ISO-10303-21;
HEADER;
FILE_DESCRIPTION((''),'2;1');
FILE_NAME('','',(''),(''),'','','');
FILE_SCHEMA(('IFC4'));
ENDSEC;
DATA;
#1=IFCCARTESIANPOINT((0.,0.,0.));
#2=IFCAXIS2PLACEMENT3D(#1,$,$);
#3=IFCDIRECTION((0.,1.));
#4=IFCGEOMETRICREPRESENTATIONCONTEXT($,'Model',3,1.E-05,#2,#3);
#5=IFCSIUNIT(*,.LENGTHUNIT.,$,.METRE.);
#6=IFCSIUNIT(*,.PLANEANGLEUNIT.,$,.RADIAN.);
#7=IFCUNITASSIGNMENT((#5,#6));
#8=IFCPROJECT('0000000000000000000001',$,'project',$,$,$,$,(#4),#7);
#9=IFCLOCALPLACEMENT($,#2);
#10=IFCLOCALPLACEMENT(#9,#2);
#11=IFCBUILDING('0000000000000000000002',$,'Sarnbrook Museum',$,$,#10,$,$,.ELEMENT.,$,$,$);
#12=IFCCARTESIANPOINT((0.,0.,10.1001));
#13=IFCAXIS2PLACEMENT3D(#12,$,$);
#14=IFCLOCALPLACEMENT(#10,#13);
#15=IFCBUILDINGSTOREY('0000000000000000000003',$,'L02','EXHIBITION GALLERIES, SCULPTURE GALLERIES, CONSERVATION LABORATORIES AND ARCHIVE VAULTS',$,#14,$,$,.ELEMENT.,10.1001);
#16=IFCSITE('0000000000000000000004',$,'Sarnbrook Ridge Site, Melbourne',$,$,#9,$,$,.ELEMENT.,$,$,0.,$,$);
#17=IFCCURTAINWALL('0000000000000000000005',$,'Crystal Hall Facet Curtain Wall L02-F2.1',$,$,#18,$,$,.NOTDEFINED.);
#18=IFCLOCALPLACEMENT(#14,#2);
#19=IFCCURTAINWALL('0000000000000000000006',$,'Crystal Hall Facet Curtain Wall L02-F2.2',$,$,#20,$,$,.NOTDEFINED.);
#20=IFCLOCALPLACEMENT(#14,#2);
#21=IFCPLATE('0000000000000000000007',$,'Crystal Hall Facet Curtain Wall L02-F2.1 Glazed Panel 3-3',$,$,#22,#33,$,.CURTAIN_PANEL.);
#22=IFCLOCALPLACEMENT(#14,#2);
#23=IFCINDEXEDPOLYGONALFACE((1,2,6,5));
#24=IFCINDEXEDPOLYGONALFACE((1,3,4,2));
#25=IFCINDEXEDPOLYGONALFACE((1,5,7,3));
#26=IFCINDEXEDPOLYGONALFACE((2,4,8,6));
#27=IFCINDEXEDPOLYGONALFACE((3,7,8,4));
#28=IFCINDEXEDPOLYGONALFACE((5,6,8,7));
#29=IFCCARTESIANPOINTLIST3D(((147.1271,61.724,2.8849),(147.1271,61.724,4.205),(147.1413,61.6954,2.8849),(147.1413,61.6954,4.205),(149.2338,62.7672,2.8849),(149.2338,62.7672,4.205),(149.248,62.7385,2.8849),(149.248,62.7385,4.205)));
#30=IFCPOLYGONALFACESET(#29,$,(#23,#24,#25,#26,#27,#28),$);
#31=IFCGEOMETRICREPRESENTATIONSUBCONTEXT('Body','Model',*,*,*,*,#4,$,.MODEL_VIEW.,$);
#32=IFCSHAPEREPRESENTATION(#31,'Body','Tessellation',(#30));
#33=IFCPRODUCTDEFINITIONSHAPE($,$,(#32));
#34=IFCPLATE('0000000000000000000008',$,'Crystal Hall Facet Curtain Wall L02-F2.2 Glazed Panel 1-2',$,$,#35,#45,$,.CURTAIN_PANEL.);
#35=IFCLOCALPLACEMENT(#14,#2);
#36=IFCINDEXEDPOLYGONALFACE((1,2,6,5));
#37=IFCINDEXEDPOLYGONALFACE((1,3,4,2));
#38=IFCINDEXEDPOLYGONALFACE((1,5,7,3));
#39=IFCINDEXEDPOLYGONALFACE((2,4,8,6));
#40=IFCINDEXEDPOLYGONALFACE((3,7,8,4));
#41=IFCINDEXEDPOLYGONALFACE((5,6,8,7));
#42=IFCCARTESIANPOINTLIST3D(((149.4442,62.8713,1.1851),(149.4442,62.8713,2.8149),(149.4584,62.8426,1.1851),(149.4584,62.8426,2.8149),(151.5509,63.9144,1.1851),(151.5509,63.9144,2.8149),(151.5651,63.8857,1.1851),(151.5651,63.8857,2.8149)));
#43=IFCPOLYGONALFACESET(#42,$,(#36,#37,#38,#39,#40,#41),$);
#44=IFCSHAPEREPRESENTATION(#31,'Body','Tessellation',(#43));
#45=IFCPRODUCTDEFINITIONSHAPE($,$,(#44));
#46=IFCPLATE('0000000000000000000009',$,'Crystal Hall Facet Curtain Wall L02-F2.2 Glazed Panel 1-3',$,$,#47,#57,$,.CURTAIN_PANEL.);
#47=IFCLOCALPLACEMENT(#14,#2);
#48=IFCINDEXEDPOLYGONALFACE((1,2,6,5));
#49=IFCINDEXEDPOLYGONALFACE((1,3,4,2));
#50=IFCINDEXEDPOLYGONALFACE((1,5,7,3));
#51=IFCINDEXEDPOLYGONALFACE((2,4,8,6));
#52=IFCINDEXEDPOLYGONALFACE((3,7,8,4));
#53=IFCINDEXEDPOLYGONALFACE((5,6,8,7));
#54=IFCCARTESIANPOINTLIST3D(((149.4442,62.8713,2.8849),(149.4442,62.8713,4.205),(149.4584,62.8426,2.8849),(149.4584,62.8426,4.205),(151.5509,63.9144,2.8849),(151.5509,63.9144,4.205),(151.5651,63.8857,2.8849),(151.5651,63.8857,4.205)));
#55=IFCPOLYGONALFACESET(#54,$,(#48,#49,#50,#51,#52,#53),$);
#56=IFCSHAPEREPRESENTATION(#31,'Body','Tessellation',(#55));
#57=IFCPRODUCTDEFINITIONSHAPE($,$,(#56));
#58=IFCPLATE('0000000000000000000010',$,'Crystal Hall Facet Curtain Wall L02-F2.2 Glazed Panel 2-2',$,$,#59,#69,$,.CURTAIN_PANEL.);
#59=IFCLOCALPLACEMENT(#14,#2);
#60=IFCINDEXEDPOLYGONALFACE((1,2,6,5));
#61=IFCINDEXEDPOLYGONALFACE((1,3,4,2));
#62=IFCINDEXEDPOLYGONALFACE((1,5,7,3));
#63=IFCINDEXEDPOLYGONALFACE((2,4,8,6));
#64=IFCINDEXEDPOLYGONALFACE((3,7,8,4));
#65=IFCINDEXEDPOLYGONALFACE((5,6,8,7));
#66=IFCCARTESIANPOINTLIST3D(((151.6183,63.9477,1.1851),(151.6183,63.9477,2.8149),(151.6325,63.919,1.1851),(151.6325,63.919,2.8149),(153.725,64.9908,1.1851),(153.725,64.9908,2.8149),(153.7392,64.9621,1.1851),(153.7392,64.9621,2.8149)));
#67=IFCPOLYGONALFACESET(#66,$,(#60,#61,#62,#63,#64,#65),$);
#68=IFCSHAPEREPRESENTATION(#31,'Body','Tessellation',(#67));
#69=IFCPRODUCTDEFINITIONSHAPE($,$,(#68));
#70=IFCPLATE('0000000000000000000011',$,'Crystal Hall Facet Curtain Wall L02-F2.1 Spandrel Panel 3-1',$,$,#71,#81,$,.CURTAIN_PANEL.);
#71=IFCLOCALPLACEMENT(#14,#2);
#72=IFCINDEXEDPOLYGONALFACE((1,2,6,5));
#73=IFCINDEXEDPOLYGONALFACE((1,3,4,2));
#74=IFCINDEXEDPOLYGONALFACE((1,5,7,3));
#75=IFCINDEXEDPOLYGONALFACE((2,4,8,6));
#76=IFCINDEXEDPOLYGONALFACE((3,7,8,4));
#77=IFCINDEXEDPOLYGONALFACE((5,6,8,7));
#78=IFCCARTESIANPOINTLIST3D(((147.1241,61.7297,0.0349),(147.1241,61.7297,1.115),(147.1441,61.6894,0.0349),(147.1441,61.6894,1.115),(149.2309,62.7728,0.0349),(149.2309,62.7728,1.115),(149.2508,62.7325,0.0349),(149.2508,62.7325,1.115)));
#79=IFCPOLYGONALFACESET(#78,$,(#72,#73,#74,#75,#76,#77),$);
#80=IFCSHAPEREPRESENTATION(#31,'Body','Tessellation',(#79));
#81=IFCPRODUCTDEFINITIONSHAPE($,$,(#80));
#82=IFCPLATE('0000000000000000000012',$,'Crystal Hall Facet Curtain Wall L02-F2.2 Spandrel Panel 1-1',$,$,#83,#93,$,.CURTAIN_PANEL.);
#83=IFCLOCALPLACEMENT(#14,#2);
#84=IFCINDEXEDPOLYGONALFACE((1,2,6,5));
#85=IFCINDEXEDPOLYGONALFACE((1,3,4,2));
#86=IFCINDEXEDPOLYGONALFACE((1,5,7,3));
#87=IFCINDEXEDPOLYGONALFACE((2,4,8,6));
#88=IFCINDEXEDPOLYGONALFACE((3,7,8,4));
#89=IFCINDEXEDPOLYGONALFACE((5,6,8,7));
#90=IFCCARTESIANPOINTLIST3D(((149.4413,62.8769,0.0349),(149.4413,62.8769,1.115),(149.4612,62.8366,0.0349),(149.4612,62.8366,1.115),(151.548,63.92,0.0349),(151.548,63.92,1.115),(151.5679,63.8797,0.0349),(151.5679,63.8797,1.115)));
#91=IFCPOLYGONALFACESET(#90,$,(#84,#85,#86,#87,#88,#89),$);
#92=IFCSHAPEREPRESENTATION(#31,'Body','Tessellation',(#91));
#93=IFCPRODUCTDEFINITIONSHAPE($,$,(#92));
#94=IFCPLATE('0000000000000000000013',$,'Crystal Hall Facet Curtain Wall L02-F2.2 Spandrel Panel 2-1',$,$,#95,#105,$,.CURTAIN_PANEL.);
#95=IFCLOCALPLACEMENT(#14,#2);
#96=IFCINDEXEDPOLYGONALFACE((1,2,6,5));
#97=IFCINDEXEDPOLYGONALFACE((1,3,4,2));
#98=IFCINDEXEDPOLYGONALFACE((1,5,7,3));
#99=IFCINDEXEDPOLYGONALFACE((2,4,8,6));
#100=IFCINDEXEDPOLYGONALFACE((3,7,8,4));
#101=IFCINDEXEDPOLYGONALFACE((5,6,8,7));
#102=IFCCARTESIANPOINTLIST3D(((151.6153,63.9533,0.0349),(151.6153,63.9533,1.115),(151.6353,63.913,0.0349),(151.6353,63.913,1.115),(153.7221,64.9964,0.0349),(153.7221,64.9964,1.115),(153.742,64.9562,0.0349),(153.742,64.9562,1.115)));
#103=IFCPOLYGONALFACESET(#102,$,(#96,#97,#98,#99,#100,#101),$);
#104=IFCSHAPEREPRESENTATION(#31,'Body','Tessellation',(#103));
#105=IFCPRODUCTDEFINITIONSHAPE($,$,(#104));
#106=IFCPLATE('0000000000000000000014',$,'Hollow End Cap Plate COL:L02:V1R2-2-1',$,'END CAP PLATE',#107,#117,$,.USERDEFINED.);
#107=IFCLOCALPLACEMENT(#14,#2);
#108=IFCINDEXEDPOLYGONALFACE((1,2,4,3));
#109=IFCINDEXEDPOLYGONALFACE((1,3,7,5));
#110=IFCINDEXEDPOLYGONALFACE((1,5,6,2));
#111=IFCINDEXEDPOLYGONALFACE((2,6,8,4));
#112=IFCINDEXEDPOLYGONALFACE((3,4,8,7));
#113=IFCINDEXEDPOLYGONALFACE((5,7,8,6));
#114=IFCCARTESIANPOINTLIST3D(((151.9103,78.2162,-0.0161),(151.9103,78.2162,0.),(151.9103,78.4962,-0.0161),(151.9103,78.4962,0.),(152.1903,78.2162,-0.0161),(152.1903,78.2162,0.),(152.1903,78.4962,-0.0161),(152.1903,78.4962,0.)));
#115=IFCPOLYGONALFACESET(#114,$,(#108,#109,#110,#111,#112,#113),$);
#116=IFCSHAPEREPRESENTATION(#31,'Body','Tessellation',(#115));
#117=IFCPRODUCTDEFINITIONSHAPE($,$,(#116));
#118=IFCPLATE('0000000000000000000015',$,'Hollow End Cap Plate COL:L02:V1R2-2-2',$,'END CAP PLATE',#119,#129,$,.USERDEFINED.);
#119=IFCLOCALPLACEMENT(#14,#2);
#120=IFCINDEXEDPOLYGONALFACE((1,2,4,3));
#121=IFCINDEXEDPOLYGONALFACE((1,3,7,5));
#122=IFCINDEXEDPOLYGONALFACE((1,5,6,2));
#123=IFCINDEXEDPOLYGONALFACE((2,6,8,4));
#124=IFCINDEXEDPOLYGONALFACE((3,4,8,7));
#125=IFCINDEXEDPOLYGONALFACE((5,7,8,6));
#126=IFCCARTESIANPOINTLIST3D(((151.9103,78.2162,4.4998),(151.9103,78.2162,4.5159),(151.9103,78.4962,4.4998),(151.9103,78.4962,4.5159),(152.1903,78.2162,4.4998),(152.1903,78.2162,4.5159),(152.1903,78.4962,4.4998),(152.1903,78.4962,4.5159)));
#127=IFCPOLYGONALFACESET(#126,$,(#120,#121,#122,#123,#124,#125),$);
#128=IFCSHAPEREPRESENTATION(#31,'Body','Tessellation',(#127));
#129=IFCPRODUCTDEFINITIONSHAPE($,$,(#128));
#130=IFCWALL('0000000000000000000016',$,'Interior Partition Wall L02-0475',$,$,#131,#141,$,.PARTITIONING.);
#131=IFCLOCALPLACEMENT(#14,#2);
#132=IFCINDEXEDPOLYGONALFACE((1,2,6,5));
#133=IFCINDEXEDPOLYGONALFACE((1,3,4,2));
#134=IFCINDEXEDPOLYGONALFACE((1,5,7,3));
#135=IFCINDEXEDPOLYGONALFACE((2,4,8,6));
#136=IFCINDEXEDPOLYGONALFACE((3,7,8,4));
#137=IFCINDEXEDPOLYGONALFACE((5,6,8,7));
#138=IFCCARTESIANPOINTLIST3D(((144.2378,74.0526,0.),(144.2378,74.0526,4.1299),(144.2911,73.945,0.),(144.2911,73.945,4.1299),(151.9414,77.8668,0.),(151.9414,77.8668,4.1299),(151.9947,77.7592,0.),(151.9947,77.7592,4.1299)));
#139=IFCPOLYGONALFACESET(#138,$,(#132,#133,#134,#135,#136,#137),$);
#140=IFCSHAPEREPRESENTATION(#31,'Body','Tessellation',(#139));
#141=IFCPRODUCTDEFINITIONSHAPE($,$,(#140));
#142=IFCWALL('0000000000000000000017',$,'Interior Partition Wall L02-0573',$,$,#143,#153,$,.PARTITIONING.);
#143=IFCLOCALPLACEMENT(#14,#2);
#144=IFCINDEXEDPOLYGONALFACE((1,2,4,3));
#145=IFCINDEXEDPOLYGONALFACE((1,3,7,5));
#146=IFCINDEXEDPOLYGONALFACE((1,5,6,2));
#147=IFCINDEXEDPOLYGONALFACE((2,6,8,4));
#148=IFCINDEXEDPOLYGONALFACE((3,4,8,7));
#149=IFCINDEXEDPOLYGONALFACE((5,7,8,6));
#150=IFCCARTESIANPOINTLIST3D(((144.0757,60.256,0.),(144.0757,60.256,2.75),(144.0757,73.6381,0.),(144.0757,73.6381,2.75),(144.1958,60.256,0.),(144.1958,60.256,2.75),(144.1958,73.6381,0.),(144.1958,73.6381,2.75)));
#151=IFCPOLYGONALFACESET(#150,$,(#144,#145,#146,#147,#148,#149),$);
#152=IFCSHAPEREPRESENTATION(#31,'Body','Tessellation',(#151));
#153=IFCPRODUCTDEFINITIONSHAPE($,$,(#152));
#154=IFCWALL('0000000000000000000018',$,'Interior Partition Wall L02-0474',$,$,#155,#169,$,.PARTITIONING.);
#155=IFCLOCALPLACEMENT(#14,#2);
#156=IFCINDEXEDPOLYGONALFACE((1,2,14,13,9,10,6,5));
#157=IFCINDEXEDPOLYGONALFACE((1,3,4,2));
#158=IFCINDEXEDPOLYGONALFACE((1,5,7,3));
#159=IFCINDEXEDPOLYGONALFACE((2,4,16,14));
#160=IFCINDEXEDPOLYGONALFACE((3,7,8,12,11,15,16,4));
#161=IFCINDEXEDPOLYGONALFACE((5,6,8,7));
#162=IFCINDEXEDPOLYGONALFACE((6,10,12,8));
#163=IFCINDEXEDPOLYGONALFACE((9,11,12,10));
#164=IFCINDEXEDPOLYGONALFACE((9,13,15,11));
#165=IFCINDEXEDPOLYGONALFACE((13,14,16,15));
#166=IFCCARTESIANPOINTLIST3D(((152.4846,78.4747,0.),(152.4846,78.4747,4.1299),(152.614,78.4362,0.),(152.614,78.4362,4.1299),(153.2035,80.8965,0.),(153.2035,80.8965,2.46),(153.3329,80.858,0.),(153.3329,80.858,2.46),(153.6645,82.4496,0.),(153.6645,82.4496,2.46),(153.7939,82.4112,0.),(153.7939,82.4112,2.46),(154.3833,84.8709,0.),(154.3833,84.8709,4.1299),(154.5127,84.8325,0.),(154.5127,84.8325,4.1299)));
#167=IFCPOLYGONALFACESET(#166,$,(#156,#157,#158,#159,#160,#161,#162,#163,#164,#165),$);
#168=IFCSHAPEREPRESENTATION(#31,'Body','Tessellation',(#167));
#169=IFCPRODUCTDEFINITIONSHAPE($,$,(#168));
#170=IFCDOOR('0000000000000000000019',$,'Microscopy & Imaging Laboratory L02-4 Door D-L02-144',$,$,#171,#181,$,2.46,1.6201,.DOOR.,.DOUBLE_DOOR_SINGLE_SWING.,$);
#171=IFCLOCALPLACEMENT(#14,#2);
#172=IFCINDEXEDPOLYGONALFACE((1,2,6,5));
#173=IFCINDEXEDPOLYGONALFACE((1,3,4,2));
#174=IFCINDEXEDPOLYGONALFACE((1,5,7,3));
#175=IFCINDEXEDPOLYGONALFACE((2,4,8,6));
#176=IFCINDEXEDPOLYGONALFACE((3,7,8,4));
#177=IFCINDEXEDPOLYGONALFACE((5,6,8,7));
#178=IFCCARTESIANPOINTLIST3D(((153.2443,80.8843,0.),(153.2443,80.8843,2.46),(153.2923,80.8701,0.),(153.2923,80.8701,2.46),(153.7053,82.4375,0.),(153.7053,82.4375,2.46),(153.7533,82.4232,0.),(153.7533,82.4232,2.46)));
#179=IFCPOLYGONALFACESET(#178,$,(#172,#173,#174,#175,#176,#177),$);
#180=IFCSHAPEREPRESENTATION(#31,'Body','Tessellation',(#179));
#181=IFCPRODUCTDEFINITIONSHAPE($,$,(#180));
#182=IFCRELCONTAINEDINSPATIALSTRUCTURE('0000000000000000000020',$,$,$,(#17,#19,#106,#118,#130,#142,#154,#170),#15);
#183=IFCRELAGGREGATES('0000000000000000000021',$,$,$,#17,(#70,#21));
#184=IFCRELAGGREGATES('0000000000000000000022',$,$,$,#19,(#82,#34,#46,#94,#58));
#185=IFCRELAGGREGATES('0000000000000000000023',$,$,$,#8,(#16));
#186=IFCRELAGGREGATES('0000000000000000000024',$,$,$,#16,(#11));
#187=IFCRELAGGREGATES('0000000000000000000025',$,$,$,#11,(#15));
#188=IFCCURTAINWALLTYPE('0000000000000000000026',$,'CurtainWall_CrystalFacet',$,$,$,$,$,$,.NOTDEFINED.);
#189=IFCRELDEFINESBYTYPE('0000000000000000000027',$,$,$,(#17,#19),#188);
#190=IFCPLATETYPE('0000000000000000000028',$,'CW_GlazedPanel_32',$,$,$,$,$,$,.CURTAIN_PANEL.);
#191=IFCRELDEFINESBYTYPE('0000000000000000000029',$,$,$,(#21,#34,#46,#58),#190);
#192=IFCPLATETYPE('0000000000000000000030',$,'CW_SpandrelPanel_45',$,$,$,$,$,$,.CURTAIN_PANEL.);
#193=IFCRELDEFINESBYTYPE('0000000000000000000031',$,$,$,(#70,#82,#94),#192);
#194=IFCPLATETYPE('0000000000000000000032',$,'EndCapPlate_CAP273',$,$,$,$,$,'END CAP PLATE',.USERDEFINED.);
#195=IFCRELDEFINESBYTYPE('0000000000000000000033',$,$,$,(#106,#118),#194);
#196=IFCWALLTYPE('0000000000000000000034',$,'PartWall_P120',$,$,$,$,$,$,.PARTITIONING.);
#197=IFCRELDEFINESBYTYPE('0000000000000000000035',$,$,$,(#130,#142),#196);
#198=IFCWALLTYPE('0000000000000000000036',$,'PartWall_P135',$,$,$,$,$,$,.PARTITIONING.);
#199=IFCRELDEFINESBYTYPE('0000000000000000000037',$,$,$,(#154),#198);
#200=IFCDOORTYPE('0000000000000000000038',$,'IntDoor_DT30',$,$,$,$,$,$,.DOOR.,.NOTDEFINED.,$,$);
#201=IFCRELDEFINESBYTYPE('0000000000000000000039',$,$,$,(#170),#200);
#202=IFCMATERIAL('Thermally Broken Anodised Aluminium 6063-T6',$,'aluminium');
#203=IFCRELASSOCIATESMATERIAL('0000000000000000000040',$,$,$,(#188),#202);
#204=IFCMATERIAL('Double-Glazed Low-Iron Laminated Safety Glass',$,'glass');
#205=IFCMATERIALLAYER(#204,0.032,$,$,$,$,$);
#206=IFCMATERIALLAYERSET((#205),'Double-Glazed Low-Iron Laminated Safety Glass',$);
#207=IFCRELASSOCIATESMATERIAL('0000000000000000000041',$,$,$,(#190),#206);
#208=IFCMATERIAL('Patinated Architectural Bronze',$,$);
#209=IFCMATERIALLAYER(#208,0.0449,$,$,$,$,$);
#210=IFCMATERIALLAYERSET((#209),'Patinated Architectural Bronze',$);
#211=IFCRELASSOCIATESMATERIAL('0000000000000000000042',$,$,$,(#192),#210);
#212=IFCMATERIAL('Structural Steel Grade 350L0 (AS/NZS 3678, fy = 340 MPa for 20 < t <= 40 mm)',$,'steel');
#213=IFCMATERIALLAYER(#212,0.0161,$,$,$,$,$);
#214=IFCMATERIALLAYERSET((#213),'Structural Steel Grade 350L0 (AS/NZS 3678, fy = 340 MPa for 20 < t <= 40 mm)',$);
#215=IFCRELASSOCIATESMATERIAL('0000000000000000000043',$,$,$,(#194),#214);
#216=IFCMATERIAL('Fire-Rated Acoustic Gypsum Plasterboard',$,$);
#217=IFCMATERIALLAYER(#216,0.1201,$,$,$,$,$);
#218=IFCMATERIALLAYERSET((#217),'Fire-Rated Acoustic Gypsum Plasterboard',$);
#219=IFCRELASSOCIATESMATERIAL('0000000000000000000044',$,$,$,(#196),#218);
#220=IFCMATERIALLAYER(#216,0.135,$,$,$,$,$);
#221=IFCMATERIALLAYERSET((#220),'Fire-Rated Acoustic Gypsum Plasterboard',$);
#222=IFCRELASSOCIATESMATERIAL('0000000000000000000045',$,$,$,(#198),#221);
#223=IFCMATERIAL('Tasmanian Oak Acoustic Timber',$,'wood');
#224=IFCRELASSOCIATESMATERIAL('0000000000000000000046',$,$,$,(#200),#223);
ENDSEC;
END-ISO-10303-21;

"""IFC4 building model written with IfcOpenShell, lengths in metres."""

from ifc_helpers import new_model, si_unit, direction, frame, frame_2d, origin, origin_2d, place, context, subcontext, project, spatial, rectangle, extrude, material, layer, layer_set, type_object, element, fill, aggregate, save


model = new_model("IFC4")

# Units and contexts
model_context = context("Model", 3, precision=1e-05, world=origin(), true_north=direction((0.0, 1.0)))
body_context = subcontext(model_context, "Body", "Model", "MODEL_VIEW")
ifc_project = project(units=[si_unit("LENGTHUNIT", "METRE"), si_unit("PLANEANGLEUNIT", "RADIAN")], contexts=[model_context])

# Site, building, storey
site_placement = place(None, origin())
site = spatial("IfcSite", under=ifc_project, at=site_placement, Name="Sarnbrook Ridge Site, Melbourne", CompositionType="ELEMENT", RefElevation=0.0)
building_placement = place(site_placement, origin())
building = spatial("IfcBuilding", under=site, at=building_placement, Name="Sarnbrook Museum", CompositionType="ELEMENT")
storey_placement = place(building_placement, frame((0.0, 0.0, 10.1001)))
storey = spatial("IfcBuildingStorey", under=building, at=storey_placement, Name="L02", Description="EXHIBITION GALLERIES, SCULPTURE GALLERIES, CONSERVATION LABORATORIES AND ARCHIVE VAULTS", CompositionType="ELEMENT", Elevation=10.1001)

# Shared definitions
ifc_material_1 = material(Name="Structural Steel Grade 350L0 (AS/NZS 3678, fy = 340 MPa for 20 < t <= 40 mm)", Category="steel")

# Curtain wall
ifc_material_2 = material(Name="Thermally Broken Anodised Aluminium 6063-T6", Category="aluminium")
curtain_wall_type = type_object("IfcCurtainWallType", Name="CurtainWall_CrystalFacet", PredefinedType="NOTDEFINED", material=ifc_material_2)
curtain_wall_1_placement = place(storey_placement, origin())
curtain_wall_1 = element("IfcCurtainWall", 1, at=curtain_wall_1_placement, inside=storey, type_object=curtain_wall_type, Name="Crystal Hall Facet Curtain Wall L02-F2.1", PredefinedType="NOTDEFINED")

# Curtain wall
curtain_wall_2_placement = place(storey_placement, origin())
curtain_wall_2 = element("IfcCurtainWall", 2, at=curtain_wall_2_placement, inside=storey, type_object=curtain_wall_type, Name="Crystal Hall Facet Curtain Wall L02-F2.2", PredefinedType="NOTDEFINED")

# Plates
ifc_material_3 = material(Name="Double-Glazed Low-Iron Laminated Safety Glass", Category="glass")
ifc_layer_1 = layer(ifc_material_3, 0.032)
ifc_layer_set_1 = layer_set([ifc_layer_1], Name="Double-Glazed Low-Iron Laminated Safety Glass")
plate_type_1 = type_object("IfcPlateType", Name="CW_GlazedPanel_32", PredefinedType="CURTAIN_PANEL", material=ifc_layer_set_1)
plate_1_placement = place(storey_placement, frame((148.1804, 62.2456, 3.5449), z_axis=(0.44373, -0.89616, 0.0), x_axis=(0.89616, 0.44373, 0.0)))
plate_1 = element("IfcPlate", 3, at=plate_1_placement, type_object=plate_type_1, Name="Crystal Hall Facet Curtain Wall L02-F2.1 Glazed Panel 3-3", PredefinedType="CURTAIN_PANEL", context=body_context, shape_type="SweptSolid", body=[
    extrude(rectangle(XDim=2.3508, YDim=1.3201, at=origin_2d()), origin(), (0.0, 0.0, 1.0), 0.032),
])
plate_2_placement = place(storey_placement, frame((150.4976, 63.3928, 2.0), z_axis=(0.44373, -0.89616, 0.0), x_axis=(0.89616, 0.44373, 0.0)))
plate_2 = element("IfcPlate", 4, at=plate_2_placement, type_object=plate_type_1, Name="Crystal Hall Facet Curtain Wall L02-F2.2 Glazed Panel 1-2", PredefinedType="CURTAIN_PANEL", context=body_context, shape_type="SweptSolid", body=[
    extrude(rectangle(XDim=2.3508, YDim=1.6299, at=origin_2d()), origin(), (0.0, 0.0, 1.0), 0.032),
])
plate_3_placement = place(storey_placement, frame((150.4976, 63.3928, 3.5449), z_axis=(0.44373, -0.89616, 0.0), x_axis=(0.89616, 0.44373, 0.0)))
plate_3 = element("IfcPlate", 5, at=plate_3_placement, type_object=plate_type_1, Name="Crystal Hall Facet Curtain Wall L02-F2.2 Glazed Panel 1-3", PredefinedType="CURTAIN_PANEL", context=body_context, shape_type="SweptSolid", body=[
    extrude(rectangle(XDim=2.3508, YDim=1.3201, at=origin_2d()), origin(), (0.0, 0.0, 1.0), 0.032),
])
plate_4_placement = place(storey_placement, frame((152.6716, 64.4692, 2.0), z_axis=(0.44373, -0.89616, 0.0), x_axis=(0.89616, 0.44373, 0.0)))
plate_4 = element("IfcPlate", 6, at=plate_4_placement, type_object=plate_type_1, Name="Crystal Hall Facet Curtain Wall L02-F2.2 Glazed Panel 2-2", PredefinedType="CURTAIN_PANEL", context=body_context, shape_type="SweptSolid", body=[
    extrude(rectangle(XDim=2.3508, YDim=1.6299, at=origin_2d()), origin(), (0.0, 0.0, 1.0), 0.032),
])
ifc_material_4 = material(Name="Patinated Architectural Bronze")
ifc_layer_2 = layer(ifc_material_4, 0.0449)
ifc_layer_set_2 = layer_set([ifc_layer_2], Name="Patinated Architectural Bronze")
plate_type_2 = type_object("IfcPlateType", Name="CW_SpandrelPanel_45", PredefinedType="CURTAIN_PANEL", material=ifc_layer_set_2)
plate_5_placement = place(storey_placement, frame((148.1775, 62.2512, 0.575), z_axis=(0.44373, -0.89616, 0.0), x_axis=(0.89616, 0.44373, 0.0)))
plate_5 = element("IfcPlate", 7, at=plate_5_placement, type_object=plate_type_2, Name="Crystal Hall Facet Curtain Wall L02-F2.1 Spandrel Panel 3-1", PredefinedType="CURTAIN_PANEL", context=body_context, shape_type="SweptSolid", body=[
    extrude(rectangle(XDim=2.3508, YDim=1.0801, at=origin_2d()), origin(), (0.0, 0.0, 1.0), 0.0449),
])
aggregate(curtain_wall_1, [plate_5, plate_1])
plate_6_placement = place(storey_placement, frame((150.4946, 63.3984, 0.575), z_axis=(0.44373, -0.89616, 0.0), x_axis=(0.89616, 0.44373, 0.0)))
plate_6 = element("IfcPlate", 8, at=plate_6_placement, type_object=plate_type_2, Name="Crystal Hall Facet Curtain Wall L02-F2.2 Spandrel Panel 1-1", PredefinedType="CURTAIN_PANEL", context=body_context, shape_type="SweptSolid", body=[
    extrude(rectangle(XDim=2.3508, YDim=1.0801, at=origin_2d()), origin(), (0.0, 0.0, 1.0), 0.0449),
])
plate_7_placement = place(storey_placement, frame((152.6687, 64.4749, 0.575), z_axis=(0.44373, -0.89616, 0.0), x_axis=(0.89616, 0.44373, 0.0)))
plate_7 = element("IfcPlate", 9, at=plate_7_placement, type_object=plate_type_2, Name="Crystal Hall Facet Curtain Wall L02-F2.2 Spandrel Panel 2-1", PredefinedType="CURTAIN_PANEL", context=body_context, shape_type="SweptSolid", body=[
    extrude(rectangle(XDim=2.3508, YDim=1.0801, at=origin_2d()), origin(), (0.0, 0.0, 1.0), 0.0449),
])
aggregate(curtain_wall_2, [plate_6, plate_2, plate_3, plate_7, plate_4])

# Plates
ifc_layer_3 = layer(ifc_material_1, 0.0161)
ifc_layer_set_3 = layer_set([ifc_layer_3], Name="Structural Steel Grade 350L0 (AS/NZS 3678, fy = 340 MPa for 20 < t <= 40 mm)")
plate_type_3 = type_object("IfcPlateType", Name="EndCapPlate_CAP273", ElementType="END CAP PLATE", PredefinedType="USERDEFINED", material=ifc_layer_set_3)
for number, where, z_axis, x_axis, name in (
    (10, (152.0503, 78.3562, -0.0161), (0.0, 0.0, 1.0), (1.0, 0.0, 0.0), "Hollow End Cap Plate COL:L02:V1R2-2-1"),
    (11, (152.0503, 78.3562, 4.4998), (0.0, 0.0, 1.0), (1.0, 0.0, 0.0), "Hollow End Cap Plate COL:L02:V1R2-2-2"),
):
    element("IfcPlate", number, at=place(storey_placement, frame(where, z_axis=z_axis, x_axis=x_axis)), inside=storey, type_object=plate_type_3, Name=name, ObjectType="END CAP PLATE", PredefinedType="USERDEFINED", context=body_context, shape_type="SweptSolid", body=[
        extrude(rectangle(XDim=0.28, YDim=0.28, at=origin_2d()), origin(), (0.0, 0.0, 1.0), 0.0161),
    ])

# Walls
ifc_material_5 = material(Name="Fire-Rated Acoustic Gypsum Plasterboard")
ifc_layer_4 = layer(ifc_material_5, 0.1201)
ifc_layer_set_4 = layer_set([ifc_layer_4], Name="Fire-Rated Acoustic Gypsum Plasterboard")
wall_type_1 = type_object("IfcWallType", Name="PartWall_P120", PredefinedType="PARTITIONING", material=ifc_layer_set_4)
wall_1_placement = place(storey_placement, frame((144.2644, 73.9988, 0.0), z_axis=(0.0, 0.0, 1.0), x_axis=(0.89617, 0.443711, 0.0)))
element("IfcWall", 12, at=wall_1_placement, inside=storey, type_object=wall_type_1, Name="Interior Partition Wall L02-0475", PredefinedType="PARTITIONING", context=body_context, shape_type="SweptSolid", body=[
    extrude(rectangle(XDim=8.5962, YDim=0.1201, at=frame_2d((4.2981, 0.0))), origin(), (0.0, 0.0, 1.0), 4.1299),
])
wall_2_placement = place(storey_placement, frame((144.1357, 73.6379, 0.0), z_axis=(0.0, 0.0, 1.0), x_axis=(0.0, -1.0, 0.0)))
element("IfcWall", 13, at=wall_2_placement, inside=storey, type_object=wall_type_1, Name="Interior Partition Wall L02-0573", PredefinedType="PARTITIONING", context=body_context, shape_type="SweptSolid", body=[
    extrude(rectangle(XDim=13.3821, YDim=0.1201, at=frame_2d((6.6909, 0.0))), origin(), (0.0, 0.0, 1.0), 2.75),
])

# Wall, opening, door
ifc_layer_5 = layer(ifc_material_5, 0.135)
ifc_layer_set_5 = layer_set([ifc_layer_5], Name="Fire-Rated Acoustic Gypsum Plasterboard")
wall_type_2 = type_object("IfcWallType", Name="PartWall_P135", PredefinedType="PARTITIONING", material=ifc_layer_set_5)
wall_3_placement = place(storey_placement, frame((152.5493, 78.4556, 0.0), z_axis=(0.0, 0.0, 1.0), x_axis=(0.28457, 0.958655, 0.0)))
wall_3 = element("IfcWall", 14, at=wall_3_placement, inside=storey, type_object=wall_type_2, Name="Interior Partition Wall L02-0474", PredefinedType="PARTITIONING", context=body_context, shape_type="SweptSolid", body=[
    extrude(rectangle(XDim=6.6721, YDim=0.135, at=frame_2d((3.3359, 0.0))), origin(), (0.0, 0.0, 1.0), 4.1299),
])
opening_placement = place(wall_3_placement, frame((2.5261, 0.0, 0.0)))
opening = element("IfcOpeningElement", 15, at=opening_placement, cuts=wall_3, PredefinedType="OPENING", context=body_context, shape_type="SweptSolid", body=[
    extrude(rectangle(XDim=1.6201, YDim=2.46, at=frame_2d((0.8101, 1.23))), frame((0.0, 0.0776, 0.0), z_axis=(0.0, -1.0, 0.0), x_axis=(1.0, 0.0, 0.0)), (0.0, 0.0, 1.0), 0.155),
])
ifc_material_6 = material(Name="Tasmanian Oak Acoustic Timber", Category="wood")
door_type = type_object("IfcDoorType", Name="IntDoor_DT30", OperationType="NOTDEFINED", PredefinedType="DOOR", material=ifc_material_6)
door_placement = place(opening_placement, origin())
door = element("IfcDoor", 16, at=door_placement, inside=storey, type_object=door_type, Name="Microscopy & Imaging Laboratory L02-4 Door D-L02-144", OperationType="DOUBLE_DOOR_SINGLE_SWING", OverallHeight=2.46, OverallWidth=1.6201, PredefinedType="DOOR", context=body_context, shape_type="SweptSolid", body=[
    extrude(rectangle(XDim=1.6201, YDim=2.46, at=frame_2d((0.8101, 1.23))), frame((0.0, 0.0249, 0.0), z_axis=(0.0, -1.0, 0.0), x_axis=(1.0, 0.0, 0.0)), (0.0, 0.0, 1.0), 0.05),
])
fill(opening, door)

save(model, "model.ifc")
